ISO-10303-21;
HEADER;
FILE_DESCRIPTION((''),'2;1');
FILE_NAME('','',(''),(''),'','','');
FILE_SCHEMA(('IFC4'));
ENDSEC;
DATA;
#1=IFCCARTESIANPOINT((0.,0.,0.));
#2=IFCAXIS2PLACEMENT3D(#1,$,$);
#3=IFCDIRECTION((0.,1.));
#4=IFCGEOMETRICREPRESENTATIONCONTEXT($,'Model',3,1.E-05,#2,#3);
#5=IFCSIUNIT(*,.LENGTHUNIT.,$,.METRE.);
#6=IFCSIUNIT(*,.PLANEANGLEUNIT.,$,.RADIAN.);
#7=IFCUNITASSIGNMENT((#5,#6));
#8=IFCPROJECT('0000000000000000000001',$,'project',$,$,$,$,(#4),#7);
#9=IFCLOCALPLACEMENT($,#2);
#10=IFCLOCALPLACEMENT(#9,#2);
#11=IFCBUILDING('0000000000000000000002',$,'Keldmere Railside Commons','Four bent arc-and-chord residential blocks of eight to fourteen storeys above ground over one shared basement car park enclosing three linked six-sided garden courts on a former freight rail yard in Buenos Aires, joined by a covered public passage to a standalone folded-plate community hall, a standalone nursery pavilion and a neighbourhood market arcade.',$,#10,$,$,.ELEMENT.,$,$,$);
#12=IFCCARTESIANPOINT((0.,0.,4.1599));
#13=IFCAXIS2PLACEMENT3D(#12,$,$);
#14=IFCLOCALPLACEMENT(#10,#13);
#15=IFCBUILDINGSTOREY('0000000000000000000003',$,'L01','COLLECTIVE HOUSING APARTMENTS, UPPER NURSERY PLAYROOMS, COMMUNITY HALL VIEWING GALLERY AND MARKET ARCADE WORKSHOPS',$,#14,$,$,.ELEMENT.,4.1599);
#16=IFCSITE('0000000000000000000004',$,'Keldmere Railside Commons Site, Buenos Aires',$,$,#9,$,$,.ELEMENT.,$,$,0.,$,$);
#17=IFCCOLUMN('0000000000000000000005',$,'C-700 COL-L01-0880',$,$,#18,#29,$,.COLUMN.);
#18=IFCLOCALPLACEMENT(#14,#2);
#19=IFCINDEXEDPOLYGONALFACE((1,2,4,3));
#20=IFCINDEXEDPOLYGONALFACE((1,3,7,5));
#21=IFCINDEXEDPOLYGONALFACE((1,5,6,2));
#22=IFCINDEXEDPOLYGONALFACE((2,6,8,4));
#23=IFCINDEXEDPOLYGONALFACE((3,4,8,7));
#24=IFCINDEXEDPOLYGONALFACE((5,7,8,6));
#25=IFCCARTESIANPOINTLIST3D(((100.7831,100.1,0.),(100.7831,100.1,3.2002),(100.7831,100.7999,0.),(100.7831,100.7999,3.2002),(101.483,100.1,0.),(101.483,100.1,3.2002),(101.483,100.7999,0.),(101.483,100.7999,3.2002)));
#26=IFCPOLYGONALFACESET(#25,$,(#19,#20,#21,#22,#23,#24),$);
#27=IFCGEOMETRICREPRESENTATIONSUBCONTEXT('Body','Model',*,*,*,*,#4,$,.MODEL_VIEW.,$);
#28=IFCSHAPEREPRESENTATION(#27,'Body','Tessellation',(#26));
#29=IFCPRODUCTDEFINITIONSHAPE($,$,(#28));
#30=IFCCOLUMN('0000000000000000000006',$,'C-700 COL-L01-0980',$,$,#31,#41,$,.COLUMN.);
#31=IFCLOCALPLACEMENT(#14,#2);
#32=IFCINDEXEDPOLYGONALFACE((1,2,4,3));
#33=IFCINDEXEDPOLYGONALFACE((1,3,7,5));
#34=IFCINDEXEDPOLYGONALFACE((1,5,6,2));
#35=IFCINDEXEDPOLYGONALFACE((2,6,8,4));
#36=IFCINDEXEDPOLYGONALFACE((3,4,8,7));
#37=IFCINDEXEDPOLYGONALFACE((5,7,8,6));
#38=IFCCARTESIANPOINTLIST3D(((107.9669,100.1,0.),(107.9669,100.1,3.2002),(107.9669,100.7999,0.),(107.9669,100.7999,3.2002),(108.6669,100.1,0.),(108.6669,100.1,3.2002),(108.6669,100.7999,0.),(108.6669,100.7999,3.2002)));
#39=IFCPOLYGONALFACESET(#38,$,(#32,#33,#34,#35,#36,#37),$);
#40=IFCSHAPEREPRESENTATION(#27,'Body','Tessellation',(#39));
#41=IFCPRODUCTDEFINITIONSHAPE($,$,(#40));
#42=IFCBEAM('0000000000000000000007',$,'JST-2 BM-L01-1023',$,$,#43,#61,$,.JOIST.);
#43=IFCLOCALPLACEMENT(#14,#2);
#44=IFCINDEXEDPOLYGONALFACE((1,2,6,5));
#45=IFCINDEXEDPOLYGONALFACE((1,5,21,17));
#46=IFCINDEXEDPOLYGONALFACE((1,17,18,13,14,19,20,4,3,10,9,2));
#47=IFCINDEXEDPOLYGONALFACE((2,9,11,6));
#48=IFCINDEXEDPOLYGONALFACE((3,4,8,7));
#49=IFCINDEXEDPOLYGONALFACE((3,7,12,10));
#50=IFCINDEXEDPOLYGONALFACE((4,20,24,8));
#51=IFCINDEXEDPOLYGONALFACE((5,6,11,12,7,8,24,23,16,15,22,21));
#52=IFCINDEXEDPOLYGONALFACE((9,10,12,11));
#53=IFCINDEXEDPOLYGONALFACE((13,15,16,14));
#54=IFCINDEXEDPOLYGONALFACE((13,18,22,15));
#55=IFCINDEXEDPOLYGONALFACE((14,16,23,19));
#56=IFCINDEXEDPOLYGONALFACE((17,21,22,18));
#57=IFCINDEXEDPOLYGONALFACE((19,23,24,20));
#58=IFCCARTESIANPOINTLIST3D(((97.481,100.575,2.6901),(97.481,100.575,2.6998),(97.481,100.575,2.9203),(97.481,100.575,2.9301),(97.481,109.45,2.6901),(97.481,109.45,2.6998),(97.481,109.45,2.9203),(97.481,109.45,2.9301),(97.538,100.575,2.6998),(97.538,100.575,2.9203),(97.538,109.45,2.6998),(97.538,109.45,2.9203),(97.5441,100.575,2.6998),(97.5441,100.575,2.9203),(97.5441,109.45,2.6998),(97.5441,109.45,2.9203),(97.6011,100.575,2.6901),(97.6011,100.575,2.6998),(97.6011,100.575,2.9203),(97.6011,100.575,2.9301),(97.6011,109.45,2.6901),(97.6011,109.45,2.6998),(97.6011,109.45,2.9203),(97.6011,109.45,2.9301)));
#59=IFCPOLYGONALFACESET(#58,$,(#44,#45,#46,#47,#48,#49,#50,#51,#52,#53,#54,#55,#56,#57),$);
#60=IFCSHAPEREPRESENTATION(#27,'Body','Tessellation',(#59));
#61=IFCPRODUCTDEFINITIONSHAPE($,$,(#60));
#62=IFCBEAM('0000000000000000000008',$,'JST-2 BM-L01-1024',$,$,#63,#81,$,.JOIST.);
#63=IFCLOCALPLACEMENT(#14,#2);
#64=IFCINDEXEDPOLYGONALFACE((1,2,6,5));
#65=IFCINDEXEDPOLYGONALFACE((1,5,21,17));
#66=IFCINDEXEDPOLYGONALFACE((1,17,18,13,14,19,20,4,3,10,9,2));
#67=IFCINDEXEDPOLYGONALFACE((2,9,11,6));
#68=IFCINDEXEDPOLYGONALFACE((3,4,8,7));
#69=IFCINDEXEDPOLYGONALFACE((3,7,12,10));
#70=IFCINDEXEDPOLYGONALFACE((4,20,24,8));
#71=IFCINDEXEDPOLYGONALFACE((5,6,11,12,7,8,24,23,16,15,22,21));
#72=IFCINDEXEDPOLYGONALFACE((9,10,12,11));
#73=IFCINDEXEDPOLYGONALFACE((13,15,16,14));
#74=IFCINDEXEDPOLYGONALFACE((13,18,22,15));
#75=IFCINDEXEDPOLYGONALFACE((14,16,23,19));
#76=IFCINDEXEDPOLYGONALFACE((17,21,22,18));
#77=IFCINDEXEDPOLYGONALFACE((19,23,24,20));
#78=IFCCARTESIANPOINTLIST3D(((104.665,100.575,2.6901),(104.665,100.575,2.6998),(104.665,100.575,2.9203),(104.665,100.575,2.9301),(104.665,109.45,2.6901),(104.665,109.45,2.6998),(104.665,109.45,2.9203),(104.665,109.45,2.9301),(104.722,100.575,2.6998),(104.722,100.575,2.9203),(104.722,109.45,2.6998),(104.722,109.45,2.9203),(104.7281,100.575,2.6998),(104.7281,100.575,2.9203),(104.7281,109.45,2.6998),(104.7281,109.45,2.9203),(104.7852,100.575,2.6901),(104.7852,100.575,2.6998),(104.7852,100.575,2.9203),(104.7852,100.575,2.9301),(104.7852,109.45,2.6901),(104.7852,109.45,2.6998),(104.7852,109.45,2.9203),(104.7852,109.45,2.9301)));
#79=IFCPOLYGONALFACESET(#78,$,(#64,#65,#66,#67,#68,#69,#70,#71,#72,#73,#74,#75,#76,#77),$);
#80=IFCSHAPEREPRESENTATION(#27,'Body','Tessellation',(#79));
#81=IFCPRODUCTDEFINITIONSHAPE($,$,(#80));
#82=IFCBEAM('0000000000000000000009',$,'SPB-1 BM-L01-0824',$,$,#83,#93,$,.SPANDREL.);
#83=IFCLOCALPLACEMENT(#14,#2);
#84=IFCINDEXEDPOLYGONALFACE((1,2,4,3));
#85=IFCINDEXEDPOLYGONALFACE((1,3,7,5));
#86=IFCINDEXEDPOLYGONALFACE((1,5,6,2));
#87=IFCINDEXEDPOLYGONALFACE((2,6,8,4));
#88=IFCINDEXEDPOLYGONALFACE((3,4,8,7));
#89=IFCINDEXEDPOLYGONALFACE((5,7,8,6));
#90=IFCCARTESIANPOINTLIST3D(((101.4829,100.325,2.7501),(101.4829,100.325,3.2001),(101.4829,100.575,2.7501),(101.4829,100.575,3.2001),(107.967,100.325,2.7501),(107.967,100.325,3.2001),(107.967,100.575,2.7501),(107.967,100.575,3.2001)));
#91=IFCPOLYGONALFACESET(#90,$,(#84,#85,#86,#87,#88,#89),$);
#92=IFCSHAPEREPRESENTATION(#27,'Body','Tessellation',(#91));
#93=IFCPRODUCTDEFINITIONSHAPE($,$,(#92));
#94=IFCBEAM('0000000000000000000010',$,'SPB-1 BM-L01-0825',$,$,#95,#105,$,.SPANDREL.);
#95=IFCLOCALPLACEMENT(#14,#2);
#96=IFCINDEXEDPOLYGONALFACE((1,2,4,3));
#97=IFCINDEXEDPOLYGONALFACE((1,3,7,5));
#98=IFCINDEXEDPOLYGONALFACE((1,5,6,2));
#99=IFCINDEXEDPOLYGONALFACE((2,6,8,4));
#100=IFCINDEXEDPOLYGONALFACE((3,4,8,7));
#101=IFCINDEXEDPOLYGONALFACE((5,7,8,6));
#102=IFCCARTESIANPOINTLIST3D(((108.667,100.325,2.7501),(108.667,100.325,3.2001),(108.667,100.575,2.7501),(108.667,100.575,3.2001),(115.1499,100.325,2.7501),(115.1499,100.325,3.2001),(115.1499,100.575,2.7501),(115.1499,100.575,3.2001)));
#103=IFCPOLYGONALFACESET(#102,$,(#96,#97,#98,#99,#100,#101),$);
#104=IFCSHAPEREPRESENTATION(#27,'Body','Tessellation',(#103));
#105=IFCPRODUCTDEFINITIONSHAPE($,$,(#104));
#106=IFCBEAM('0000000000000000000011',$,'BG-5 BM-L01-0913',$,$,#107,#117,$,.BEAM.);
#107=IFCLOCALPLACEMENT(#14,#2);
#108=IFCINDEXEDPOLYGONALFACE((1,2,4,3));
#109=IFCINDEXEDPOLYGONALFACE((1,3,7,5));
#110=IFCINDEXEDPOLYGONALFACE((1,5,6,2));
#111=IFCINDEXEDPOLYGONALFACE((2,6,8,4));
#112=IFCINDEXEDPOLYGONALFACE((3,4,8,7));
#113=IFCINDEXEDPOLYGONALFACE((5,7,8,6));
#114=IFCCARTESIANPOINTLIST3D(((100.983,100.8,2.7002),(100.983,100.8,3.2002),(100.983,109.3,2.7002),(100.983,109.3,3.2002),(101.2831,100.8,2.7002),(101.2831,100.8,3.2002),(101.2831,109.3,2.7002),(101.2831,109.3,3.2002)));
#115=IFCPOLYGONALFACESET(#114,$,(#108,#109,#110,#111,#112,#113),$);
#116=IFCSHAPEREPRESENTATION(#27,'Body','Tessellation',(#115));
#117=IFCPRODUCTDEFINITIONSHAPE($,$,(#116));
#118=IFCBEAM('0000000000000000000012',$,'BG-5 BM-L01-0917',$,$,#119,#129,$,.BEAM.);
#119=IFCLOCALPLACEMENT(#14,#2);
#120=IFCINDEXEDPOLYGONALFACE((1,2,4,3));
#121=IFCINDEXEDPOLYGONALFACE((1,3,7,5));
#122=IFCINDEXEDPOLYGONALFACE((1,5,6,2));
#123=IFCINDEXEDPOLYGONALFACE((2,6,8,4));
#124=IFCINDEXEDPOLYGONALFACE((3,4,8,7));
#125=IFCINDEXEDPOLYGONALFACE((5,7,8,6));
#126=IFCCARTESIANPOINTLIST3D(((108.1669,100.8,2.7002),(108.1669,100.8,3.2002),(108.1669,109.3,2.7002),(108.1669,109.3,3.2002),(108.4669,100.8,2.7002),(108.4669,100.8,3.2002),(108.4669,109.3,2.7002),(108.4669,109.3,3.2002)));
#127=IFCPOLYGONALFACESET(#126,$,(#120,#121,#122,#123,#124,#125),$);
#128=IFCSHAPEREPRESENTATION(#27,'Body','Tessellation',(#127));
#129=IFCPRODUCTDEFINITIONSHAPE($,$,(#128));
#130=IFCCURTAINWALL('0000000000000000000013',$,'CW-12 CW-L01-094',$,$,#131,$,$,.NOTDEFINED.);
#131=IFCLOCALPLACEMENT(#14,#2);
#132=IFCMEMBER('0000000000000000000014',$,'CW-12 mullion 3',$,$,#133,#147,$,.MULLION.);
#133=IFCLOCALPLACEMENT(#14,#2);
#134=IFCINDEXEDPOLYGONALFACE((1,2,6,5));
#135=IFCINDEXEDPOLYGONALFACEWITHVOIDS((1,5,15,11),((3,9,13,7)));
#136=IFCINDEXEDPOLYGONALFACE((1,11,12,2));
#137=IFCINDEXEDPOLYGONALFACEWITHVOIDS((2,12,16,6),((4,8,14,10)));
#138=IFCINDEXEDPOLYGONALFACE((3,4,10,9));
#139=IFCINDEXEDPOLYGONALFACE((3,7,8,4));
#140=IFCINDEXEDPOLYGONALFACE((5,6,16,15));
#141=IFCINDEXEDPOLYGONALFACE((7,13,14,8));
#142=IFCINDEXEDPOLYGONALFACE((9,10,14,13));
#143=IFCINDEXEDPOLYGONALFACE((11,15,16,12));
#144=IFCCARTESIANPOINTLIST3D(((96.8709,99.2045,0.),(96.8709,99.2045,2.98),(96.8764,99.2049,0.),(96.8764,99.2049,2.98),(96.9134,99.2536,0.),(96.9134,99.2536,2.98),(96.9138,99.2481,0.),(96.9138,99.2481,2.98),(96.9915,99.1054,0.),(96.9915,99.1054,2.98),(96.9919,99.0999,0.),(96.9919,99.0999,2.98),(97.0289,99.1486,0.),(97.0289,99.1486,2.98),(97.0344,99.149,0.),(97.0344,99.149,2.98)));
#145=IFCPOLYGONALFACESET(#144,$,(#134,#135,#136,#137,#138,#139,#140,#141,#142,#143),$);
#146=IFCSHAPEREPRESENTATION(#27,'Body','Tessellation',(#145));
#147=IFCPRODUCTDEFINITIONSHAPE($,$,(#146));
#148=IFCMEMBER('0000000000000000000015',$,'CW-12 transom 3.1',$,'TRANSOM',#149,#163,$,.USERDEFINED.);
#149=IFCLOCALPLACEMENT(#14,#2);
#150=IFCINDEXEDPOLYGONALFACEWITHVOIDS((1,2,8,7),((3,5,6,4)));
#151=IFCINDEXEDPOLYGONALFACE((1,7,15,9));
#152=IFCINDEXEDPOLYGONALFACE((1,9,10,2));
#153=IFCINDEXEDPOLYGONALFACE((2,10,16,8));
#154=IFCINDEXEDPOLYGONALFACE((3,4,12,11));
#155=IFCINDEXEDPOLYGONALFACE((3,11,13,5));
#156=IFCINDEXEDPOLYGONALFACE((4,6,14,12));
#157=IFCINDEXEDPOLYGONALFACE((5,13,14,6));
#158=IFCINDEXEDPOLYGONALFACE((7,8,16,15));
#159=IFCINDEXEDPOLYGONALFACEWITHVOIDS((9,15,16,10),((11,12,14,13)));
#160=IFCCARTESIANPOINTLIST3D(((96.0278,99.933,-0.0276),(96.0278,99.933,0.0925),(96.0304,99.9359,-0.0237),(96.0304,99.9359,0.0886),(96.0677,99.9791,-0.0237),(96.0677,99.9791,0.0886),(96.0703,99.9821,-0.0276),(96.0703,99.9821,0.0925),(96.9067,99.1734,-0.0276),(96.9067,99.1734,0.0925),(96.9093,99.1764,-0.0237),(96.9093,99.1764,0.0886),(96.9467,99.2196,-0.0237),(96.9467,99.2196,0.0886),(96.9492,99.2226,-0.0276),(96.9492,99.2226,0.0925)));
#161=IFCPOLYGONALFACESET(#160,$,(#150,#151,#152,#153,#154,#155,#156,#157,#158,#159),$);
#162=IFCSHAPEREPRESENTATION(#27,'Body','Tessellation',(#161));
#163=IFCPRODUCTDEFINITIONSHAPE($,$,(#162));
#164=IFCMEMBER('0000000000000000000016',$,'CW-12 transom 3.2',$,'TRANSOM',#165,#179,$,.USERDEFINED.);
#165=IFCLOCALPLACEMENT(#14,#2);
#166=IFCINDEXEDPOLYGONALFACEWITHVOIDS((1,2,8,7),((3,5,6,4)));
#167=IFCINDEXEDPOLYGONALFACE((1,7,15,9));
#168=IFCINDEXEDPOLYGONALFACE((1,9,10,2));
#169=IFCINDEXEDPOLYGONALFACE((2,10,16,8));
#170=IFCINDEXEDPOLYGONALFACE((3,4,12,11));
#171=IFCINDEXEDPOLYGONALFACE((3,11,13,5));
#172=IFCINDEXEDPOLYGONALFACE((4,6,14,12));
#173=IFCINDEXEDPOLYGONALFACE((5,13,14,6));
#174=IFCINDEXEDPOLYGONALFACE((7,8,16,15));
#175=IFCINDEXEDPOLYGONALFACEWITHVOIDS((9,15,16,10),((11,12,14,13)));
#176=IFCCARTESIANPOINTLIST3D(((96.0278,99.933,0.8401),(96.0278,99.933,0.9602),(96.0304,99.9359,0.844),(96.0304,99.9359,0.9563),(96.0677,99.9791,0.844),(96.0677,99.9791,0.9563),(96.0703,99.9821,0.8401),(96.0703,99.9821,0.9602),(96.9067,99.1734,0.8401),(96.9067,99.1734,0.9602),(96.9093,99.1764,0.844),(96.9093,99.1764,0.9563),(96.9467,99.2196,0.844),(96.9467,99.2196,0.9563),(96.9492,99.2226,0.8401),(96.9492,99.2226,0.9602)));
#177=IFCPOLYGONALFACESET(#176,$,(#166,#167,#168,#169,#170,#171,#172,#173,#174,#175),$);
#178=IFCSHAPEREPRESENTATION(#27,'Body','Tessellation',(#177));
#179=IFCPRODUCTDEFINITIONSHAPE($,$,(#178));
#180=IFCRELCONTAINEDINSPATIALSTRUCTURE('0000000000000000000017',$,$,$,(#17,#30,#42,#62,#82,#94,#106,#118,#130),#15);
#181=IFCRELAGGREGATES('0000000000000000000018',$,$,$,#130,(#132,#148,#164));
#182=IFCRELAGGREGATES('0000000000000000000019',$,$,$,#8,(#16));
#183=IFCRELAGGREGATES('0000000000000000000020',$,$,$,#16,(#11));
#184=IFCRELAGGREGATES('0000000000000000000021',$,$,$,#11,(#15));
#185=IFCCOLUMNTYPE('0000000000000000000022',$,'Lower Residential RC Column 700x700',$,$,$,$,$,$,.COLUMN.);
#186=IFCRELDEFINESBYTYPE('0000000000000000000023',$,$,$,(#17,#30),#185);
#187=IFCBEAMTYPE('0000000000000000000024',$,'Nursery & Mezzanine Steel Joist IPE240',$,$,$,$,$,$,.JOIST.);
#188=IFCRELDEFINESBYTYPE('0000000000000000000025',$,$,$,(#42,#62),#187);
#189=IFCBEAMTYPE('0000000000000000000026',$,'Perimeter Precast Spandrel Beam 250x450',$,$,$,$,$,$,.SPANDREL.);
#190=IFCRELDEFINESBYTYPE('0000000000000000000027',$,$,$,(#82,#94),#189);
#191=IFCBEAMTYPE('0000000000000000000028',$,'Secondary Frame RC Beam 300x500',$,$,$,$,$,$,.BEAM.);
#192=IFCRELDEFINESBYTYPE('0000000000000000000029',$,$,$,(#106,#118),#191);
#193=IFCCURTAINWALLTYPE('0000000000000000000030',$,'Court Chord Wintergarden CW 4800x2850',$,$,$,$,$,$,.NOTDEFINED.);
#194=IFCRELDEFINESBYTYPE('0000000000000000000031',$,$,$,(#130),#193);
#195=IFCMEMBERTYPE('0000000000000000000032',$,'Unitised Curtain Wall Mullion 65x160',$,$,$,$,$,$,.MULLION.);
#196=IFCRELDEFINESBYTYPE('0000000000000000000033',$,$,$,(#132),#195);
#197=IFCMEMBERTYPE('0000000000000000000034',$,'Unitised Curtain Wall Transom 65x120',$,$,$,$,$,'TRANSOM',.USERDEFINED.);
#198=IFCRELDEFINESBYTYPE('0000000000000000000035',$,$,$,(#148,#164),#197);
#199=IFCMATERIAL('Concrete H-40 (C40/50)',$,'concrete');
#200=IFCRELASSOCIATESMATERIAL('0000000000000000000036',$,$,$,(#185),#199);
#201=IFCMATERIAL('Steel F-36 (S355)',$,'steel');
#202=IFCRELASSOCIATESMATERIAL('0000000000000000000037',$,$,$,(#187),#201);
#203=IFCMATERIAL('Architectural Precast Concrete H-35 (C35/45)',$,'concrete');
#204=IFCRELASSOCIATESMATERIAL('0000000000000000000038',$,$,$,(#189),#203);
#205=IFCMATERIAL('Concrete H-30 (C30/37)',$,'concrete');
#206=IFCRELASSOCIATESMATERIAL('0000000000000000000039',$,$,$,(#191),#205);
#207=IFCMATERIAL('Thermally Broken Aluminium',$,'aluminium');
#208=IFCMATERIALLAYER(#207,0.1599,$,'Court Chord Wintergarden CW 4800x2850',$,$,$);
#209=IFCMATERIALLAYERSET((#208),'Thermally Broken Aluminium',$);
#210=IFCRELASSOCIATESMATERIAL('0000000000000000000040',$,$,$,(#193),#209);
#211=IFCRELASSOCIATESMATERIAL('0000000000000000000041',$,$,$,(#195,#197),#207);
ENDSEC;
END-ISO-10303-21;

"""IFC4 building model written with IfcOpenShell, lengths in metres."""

from ifc_helpers import new_model, si_unit, direction, frame, origin, origin_2d, place, context, subcontext, project, spatial, rectangle, hollow_rectangle, i_section, extrude, material, layer, layer_set, material_profile, profile_set, type_object, element, aggregate, save


model = new_model("IFC4")

# Units and contexts
model_context = context("Model", 3, precision=1e-05, world=origin(), true_north=direction((0.0, 1.0)))
body_context = subcontext(model_context, "Body", "Model", "MODEL_VIEW")
ifc_project = project(units=[si_unit("LENGTHUNIT", "METRE"), si_unit("PLANEANGLEUNIT", "RADIAN")], contexts=[model_context])

# Site, building, storey
site_placement = place(None, origin())
site = spatial("IfcSite", under=ifc_project, at=site_placement, Name="Keldmere Railside Commons Site, Buenos Aires", CompositionType="ELEMENT", RefElevation=0.0)
building_placement = place(site_placement, origin())
building = spatial("IfcBuilding", under=site, at=building_placement, Name="Keldmere Railside Commons", Description="Four bent arc-and-chord residential blocks of eight to fourteen storeys above ground over one shared basement car park enclosing three linked six-sided garden courts on a former freight rail yard in Buenos Aires, joined by a covered public passage to a standalone folded-plate community hall, a standalone nursery pavilion and a neighbourhood market arcade.", CompositionType="ELEMENT")
storey_placement = place(building_placement, frame((0.0, 0.0, 4.1599)))
storey = spatial("IfcBuildingStorey", under=building, at=storey_placement, Name="L01", Description="COLLECTIVE HOUSING APARTMENTS, UPPER NURSERY PLAYROOMS, COMMUNITY HALL VIEWING GALLERY AND MARKET ARCADE WORKSHOPS", CompositionType="ELEMENT", Elevation=4.1599)

# Columns
ifc_material_1 = material(Name="Concrete H-40 (C40/50)", Category="concrete")
ifc_material_profile_1 = material_profile(ifc_material_1, rectangle(XDim=0.7, YDim=0.7, at=origin_2d()), Name="RC-700x700")
ifc_profile_set_1 = profile_set([ifc_material_profile_1], Name="Concrete H-40 (C40/50)")
column_type = type_object("IfcColumnType", Name="Lower Residential RC Column 700x700", PredefinedType="COLUMN", material=ifc_profile_set_1)
for number, where, z_axis, x_axis, name in (
    (1, (101.1331, 100.45, 0.0), (0.0, 0.0, 1.0), (1.0, 0.0, 0.0), "C-700 COL-L01-0880"),
    (2, (108.3169, 100.45, 0.0), (0.0, 0.0, 1.0), (1.0, 0.0, 0.0), "C-700 COL-L01-0980"),
):
    element("IfcColumn", number, at=place(storey_placement, frame(where, z_axis=z_axis, x_axis=x_axis)), inside=storey, type_object=column_type, Name=name, PredefinedType="COLUMN", context=body_context, shape_type="SweptSolid", body=[
        extrude(rectangle(XDim=0.7, YDim=0.7, at=origin_2d()), origin(), (0.0, 0.0, 1.0), 3.2002),
    ])

# Beams
ifc_material_2 = material(Name="Steel F-36 (S355)", Category="steel")
ifc_material_profile_2 = material_profile(ifc_material_2, i_section(OverallWidth=0.1201, OverallDepth=0.24, WebThickness=0.0061, FlangeThickness=0.0098, at=origin_2d()), Name="IPE-240")
ifc_profile_set_2 = profile_set([ifc_material_profile_2], Name="Steel F-36 (S355)")
beam_type_1 = type_object("IfcBeamType", Name="Nursery & Mezzanine Steel Joist IPE240", PredefinedType="JOIST", material=ifc_profile_set_2)
for number, where, z_axis, x_axis, name in (
    (3, (97.541, 100.575, 2.8101), (0.0, 1.0, 0.0), (-1.0, 0.0, 0.0), "JST-2 BM-L01-1023"),
    (4, (104.7251, 100.575, 2.8101), (0.0, 1.0, 0.0), (-1.0, 0.0, 0.0), "JST-2 BM-L01-1024"),
):
    element("IfcBeam", number, at=place(storey_placement, frame(where, z_axis=z_axis, x_axis=x_axis)), inside=storey, type_object=beam_type_1, Name=name, PredefinedType="JOIST", context=body_context, shape_type="SweptSolid", body=[
        extrude(i_section(OverallWidth=0.1201, OverallDepth=0.24, WebThickness=0.0061, FlangeThickness=0.0098, at=origin_2d()), origin(), (0.0, 0.0, 1.0), 8.875),
    ])
ifc_material_3 = material(Name="Architectural Precast Concrete H-35 (C35/45)", Category="concrete")
ifc_material_profile_3 = material_profile(ifc_material_3, rectangle(XDim=0.25, YDim=0.45, at=origin_2d()), Name="RC-250x450")
ifc_profile_set_3 = profile_set([ifc_material_profile_3], Name="Architectural Precast Concrete H-35 (C35/45)")
beam_type_2 = type_object("IfcBeamType", Name="Perimeter Precast Spandrel Beam 250x450", PredefinedType="SPANDREL", material=ifc_profile_set_3)
beam_1_placement = place(storey_placement, frame((101.4829, 100.45, 2.9751), z_axis=(1.0, 0.0, 0.0), x_axis=(0.0, 1.0, 0.0)))
element("IfcBeam", 5, at=beam_1_placement, inside=storey, type_object=beam_type_2, Name="SPB-1 BM-L01-0824", PredefinedType="SPANDREL", context=body_context, shape_type="SweptSolid", body=[
    extrude(rectangle(XDim=0.25, YDim=0.45, at=origin_2d()), origin(), (0.0, 0.0, 1.0), 6.4841),
])
beam_2_placement = place(storey_placement, frame((108.667, 100.45, 2.9751), z_axis=(1.0, 0.0, 0.0), x_axis=(0.0, 1.0, 0.0)))
element("IfcBeam", 6, at=beam_2_placement, inside=storey, type_object=beam_type_2, Name="SPB-1 BM-L01-0825", PredefinedType="SPANDREL", context=body_context, shape_type="SweptSolid", body=[
    extrude(rectangle(XDim=0.25, YDim=0.45, at=origin_2d()), origin(), (0.0, 0.0, 1.0), 6.4829),
])
ifc_material_4 = material(Name="Concrete H-30 (C30/37)", Category="concrete")
ifc_material_profile_4 = material_profile(ifc_material_4, rectangle(XDim=0.3, YDim=0.5, at=origin_2d()), Name="RC-300x500")
ifc_profile_set_4 = profile_set([ifc_material_profile_4], Name="Concrete H-30 (C30/37)")
beam_type_3 = type_object("IfcBeamType", Name="Secondary Frame RC Beam 300x500", PredefinedType="BEAM", material=ifc_profile_set_4)
for number, where, z_axis, x_axis, name in (
    (7, (101.1331, 100.8, 2.9502), (0.0, 1.0, 0.0), (-1.0, 0.0, 0.0), "BG-5 BM-L01-0913"),
    (8, (108.3169, 100.8, 2.9502), (0.0, 1.0, 0.0), (-1.0, 0.0, 0.0), "BG-5 BM-L01-0917"),
):
    element("IfcBeam", number, at=place(storey_placement, frame(where, z_axis=z_axis, x_axis=x_axis)), inside=storey, type_object=beam_type_3, Name=name, PredefinedType="BEAM", context=body_context, shape_type="SweptSolid", body=[
        extrude(rectangle(XDim=0.3, YDim=0.5, at=origin_2d()), origin(), (0.0, 0.0, 1.0), 8.5),
    ])

# Curtain wall, members
ifc_material_5 = material(Name="Thermally Broken Aluminium", Category="aluminium")
ifc_layer_1 = layer(ifc_material_5, 0.1599, Name="Court Chord Wintergarden CW 4800x2850")
ifc_layer_set_1 = layer_set([ifc_layer_1], Name="Thermally Broken Aluminium")
curtain_wall_type = type_object("IfcCurtainWallType", Name="Court Chord Wintergarden CW 4800x2850", PredefinedType="NOTDEFINED", material=ifc_layer_set_1)
curtain_wall_placement = place(storey_placement, origin())
curtain_wall = element("IfcCurtainWall", 9, at=curtain_wall_placement, inside=storey, type_object=curtain_wall_type, Name="CW-12 CW-L01-094", PredefinedType="NOTDEFINED")
ifc_material_profile_5 = material_profile(ifc_material_5, hollow_rectangle(XDim=0.0649, YDim=0.1599, WallThickness=0.0039, at=origin_2d()), Name="ALU-MULL-65x160")
ifc_profile_set_5 = profile_set([ifc_material_profile_5], Name="Thermally Broken Aluminium")
member_type_1 = type_object("IfcMemberType", Name="Unitised Curtain Wall Mullion 65x160", PredefinedType="MULLION", material=ifc_profile_set_5)
member_1_placement = place(storey_placement, frame((96.9526, 99.1768, 0.0), z_axis=(0.0, 0.0, 1.0), x_axis=(-0.653882, -0.756597, 0.0)))
member_1 = element("IfcMember", 10, at=member_1_placement, type_object=member_type_1, Name="CW-12 mullion 3", PredefinedType="MULLION", context=body_context, shape_type="SweptSolid", body=[
    extrude(hollow_rectangle(XDim=0.0649, YDim=0.1599, WallThickness=0.0039, at=origin_2d()), origin(), (0.0, 0.0, 1.0), 2.98),
])
ifc_material_profile_6 = material_profile(ifc_material_5, hollow_rectangle(XDim=0.0649, YDim=0.1201, WallThickness=0.0039, at=origin_2d()), Name="ALU-TRAN-65x120")
ifc_profile_set_6 = profile_set([ifc_material_profile_6], Name="Thermally Broken Aluminium")
member_type_2 = type_object("IfcMemberType", Name="Unitised Curtain Wall Transom 65x120", ElementType="TRANSOM", PredefinedType="USERDEFINED", material=ifc_profile_set_6)
member_2_placement = place(storey_placement, frame((96.928, 99.198, 0.0325), z_axis=(-0.756624, 0.65385, 0.0), x_axis=(-0.65385, -0.756624, 0.0)))
member_2 = element("IfcMember", 11, at=member_2_placement, type_object=member_type_2, Name="CW-12 transom 3.1", ObjectType="TRANSOM", PredefinedType="USERDEFINED", context=body_context, shape_type="SweptSolid", body=[
    extrude(hollow_rectangle(XDim=0.0649, YDim=0.1201, WallThickness=0.0039, at=origin_2d()), origin(), (0.0, 0.0, 1.0), 1.1616),
])
member_3_placement = place(storey_placement, frame((96.928, 99.198, 0.9001), z_axis=(-0.756624, 0.65385, 0.0), x_axis=(-0.65385, -0.756624, 0.0)))
member_3 = element("IfcMember", 12, at=member_3_placement, type_object=member_type_2, Name="CW-12 transom 3.2", ObjectType="TRANSOM", PredefinedType="USERDEFINED", context=body_context, shape_type="SweptSolid", body=[
    extrude(hollow_rectangle(XDim=0.0649, YDim=0.1201, WallThickness=0.0039, at=origin_2d()), origin(), (0.0, 0.0, 1.0), 1.1616),
])
aggregate(curtain_wall, [member_1, member_2, member_3])

save(model, "model.ifc")
